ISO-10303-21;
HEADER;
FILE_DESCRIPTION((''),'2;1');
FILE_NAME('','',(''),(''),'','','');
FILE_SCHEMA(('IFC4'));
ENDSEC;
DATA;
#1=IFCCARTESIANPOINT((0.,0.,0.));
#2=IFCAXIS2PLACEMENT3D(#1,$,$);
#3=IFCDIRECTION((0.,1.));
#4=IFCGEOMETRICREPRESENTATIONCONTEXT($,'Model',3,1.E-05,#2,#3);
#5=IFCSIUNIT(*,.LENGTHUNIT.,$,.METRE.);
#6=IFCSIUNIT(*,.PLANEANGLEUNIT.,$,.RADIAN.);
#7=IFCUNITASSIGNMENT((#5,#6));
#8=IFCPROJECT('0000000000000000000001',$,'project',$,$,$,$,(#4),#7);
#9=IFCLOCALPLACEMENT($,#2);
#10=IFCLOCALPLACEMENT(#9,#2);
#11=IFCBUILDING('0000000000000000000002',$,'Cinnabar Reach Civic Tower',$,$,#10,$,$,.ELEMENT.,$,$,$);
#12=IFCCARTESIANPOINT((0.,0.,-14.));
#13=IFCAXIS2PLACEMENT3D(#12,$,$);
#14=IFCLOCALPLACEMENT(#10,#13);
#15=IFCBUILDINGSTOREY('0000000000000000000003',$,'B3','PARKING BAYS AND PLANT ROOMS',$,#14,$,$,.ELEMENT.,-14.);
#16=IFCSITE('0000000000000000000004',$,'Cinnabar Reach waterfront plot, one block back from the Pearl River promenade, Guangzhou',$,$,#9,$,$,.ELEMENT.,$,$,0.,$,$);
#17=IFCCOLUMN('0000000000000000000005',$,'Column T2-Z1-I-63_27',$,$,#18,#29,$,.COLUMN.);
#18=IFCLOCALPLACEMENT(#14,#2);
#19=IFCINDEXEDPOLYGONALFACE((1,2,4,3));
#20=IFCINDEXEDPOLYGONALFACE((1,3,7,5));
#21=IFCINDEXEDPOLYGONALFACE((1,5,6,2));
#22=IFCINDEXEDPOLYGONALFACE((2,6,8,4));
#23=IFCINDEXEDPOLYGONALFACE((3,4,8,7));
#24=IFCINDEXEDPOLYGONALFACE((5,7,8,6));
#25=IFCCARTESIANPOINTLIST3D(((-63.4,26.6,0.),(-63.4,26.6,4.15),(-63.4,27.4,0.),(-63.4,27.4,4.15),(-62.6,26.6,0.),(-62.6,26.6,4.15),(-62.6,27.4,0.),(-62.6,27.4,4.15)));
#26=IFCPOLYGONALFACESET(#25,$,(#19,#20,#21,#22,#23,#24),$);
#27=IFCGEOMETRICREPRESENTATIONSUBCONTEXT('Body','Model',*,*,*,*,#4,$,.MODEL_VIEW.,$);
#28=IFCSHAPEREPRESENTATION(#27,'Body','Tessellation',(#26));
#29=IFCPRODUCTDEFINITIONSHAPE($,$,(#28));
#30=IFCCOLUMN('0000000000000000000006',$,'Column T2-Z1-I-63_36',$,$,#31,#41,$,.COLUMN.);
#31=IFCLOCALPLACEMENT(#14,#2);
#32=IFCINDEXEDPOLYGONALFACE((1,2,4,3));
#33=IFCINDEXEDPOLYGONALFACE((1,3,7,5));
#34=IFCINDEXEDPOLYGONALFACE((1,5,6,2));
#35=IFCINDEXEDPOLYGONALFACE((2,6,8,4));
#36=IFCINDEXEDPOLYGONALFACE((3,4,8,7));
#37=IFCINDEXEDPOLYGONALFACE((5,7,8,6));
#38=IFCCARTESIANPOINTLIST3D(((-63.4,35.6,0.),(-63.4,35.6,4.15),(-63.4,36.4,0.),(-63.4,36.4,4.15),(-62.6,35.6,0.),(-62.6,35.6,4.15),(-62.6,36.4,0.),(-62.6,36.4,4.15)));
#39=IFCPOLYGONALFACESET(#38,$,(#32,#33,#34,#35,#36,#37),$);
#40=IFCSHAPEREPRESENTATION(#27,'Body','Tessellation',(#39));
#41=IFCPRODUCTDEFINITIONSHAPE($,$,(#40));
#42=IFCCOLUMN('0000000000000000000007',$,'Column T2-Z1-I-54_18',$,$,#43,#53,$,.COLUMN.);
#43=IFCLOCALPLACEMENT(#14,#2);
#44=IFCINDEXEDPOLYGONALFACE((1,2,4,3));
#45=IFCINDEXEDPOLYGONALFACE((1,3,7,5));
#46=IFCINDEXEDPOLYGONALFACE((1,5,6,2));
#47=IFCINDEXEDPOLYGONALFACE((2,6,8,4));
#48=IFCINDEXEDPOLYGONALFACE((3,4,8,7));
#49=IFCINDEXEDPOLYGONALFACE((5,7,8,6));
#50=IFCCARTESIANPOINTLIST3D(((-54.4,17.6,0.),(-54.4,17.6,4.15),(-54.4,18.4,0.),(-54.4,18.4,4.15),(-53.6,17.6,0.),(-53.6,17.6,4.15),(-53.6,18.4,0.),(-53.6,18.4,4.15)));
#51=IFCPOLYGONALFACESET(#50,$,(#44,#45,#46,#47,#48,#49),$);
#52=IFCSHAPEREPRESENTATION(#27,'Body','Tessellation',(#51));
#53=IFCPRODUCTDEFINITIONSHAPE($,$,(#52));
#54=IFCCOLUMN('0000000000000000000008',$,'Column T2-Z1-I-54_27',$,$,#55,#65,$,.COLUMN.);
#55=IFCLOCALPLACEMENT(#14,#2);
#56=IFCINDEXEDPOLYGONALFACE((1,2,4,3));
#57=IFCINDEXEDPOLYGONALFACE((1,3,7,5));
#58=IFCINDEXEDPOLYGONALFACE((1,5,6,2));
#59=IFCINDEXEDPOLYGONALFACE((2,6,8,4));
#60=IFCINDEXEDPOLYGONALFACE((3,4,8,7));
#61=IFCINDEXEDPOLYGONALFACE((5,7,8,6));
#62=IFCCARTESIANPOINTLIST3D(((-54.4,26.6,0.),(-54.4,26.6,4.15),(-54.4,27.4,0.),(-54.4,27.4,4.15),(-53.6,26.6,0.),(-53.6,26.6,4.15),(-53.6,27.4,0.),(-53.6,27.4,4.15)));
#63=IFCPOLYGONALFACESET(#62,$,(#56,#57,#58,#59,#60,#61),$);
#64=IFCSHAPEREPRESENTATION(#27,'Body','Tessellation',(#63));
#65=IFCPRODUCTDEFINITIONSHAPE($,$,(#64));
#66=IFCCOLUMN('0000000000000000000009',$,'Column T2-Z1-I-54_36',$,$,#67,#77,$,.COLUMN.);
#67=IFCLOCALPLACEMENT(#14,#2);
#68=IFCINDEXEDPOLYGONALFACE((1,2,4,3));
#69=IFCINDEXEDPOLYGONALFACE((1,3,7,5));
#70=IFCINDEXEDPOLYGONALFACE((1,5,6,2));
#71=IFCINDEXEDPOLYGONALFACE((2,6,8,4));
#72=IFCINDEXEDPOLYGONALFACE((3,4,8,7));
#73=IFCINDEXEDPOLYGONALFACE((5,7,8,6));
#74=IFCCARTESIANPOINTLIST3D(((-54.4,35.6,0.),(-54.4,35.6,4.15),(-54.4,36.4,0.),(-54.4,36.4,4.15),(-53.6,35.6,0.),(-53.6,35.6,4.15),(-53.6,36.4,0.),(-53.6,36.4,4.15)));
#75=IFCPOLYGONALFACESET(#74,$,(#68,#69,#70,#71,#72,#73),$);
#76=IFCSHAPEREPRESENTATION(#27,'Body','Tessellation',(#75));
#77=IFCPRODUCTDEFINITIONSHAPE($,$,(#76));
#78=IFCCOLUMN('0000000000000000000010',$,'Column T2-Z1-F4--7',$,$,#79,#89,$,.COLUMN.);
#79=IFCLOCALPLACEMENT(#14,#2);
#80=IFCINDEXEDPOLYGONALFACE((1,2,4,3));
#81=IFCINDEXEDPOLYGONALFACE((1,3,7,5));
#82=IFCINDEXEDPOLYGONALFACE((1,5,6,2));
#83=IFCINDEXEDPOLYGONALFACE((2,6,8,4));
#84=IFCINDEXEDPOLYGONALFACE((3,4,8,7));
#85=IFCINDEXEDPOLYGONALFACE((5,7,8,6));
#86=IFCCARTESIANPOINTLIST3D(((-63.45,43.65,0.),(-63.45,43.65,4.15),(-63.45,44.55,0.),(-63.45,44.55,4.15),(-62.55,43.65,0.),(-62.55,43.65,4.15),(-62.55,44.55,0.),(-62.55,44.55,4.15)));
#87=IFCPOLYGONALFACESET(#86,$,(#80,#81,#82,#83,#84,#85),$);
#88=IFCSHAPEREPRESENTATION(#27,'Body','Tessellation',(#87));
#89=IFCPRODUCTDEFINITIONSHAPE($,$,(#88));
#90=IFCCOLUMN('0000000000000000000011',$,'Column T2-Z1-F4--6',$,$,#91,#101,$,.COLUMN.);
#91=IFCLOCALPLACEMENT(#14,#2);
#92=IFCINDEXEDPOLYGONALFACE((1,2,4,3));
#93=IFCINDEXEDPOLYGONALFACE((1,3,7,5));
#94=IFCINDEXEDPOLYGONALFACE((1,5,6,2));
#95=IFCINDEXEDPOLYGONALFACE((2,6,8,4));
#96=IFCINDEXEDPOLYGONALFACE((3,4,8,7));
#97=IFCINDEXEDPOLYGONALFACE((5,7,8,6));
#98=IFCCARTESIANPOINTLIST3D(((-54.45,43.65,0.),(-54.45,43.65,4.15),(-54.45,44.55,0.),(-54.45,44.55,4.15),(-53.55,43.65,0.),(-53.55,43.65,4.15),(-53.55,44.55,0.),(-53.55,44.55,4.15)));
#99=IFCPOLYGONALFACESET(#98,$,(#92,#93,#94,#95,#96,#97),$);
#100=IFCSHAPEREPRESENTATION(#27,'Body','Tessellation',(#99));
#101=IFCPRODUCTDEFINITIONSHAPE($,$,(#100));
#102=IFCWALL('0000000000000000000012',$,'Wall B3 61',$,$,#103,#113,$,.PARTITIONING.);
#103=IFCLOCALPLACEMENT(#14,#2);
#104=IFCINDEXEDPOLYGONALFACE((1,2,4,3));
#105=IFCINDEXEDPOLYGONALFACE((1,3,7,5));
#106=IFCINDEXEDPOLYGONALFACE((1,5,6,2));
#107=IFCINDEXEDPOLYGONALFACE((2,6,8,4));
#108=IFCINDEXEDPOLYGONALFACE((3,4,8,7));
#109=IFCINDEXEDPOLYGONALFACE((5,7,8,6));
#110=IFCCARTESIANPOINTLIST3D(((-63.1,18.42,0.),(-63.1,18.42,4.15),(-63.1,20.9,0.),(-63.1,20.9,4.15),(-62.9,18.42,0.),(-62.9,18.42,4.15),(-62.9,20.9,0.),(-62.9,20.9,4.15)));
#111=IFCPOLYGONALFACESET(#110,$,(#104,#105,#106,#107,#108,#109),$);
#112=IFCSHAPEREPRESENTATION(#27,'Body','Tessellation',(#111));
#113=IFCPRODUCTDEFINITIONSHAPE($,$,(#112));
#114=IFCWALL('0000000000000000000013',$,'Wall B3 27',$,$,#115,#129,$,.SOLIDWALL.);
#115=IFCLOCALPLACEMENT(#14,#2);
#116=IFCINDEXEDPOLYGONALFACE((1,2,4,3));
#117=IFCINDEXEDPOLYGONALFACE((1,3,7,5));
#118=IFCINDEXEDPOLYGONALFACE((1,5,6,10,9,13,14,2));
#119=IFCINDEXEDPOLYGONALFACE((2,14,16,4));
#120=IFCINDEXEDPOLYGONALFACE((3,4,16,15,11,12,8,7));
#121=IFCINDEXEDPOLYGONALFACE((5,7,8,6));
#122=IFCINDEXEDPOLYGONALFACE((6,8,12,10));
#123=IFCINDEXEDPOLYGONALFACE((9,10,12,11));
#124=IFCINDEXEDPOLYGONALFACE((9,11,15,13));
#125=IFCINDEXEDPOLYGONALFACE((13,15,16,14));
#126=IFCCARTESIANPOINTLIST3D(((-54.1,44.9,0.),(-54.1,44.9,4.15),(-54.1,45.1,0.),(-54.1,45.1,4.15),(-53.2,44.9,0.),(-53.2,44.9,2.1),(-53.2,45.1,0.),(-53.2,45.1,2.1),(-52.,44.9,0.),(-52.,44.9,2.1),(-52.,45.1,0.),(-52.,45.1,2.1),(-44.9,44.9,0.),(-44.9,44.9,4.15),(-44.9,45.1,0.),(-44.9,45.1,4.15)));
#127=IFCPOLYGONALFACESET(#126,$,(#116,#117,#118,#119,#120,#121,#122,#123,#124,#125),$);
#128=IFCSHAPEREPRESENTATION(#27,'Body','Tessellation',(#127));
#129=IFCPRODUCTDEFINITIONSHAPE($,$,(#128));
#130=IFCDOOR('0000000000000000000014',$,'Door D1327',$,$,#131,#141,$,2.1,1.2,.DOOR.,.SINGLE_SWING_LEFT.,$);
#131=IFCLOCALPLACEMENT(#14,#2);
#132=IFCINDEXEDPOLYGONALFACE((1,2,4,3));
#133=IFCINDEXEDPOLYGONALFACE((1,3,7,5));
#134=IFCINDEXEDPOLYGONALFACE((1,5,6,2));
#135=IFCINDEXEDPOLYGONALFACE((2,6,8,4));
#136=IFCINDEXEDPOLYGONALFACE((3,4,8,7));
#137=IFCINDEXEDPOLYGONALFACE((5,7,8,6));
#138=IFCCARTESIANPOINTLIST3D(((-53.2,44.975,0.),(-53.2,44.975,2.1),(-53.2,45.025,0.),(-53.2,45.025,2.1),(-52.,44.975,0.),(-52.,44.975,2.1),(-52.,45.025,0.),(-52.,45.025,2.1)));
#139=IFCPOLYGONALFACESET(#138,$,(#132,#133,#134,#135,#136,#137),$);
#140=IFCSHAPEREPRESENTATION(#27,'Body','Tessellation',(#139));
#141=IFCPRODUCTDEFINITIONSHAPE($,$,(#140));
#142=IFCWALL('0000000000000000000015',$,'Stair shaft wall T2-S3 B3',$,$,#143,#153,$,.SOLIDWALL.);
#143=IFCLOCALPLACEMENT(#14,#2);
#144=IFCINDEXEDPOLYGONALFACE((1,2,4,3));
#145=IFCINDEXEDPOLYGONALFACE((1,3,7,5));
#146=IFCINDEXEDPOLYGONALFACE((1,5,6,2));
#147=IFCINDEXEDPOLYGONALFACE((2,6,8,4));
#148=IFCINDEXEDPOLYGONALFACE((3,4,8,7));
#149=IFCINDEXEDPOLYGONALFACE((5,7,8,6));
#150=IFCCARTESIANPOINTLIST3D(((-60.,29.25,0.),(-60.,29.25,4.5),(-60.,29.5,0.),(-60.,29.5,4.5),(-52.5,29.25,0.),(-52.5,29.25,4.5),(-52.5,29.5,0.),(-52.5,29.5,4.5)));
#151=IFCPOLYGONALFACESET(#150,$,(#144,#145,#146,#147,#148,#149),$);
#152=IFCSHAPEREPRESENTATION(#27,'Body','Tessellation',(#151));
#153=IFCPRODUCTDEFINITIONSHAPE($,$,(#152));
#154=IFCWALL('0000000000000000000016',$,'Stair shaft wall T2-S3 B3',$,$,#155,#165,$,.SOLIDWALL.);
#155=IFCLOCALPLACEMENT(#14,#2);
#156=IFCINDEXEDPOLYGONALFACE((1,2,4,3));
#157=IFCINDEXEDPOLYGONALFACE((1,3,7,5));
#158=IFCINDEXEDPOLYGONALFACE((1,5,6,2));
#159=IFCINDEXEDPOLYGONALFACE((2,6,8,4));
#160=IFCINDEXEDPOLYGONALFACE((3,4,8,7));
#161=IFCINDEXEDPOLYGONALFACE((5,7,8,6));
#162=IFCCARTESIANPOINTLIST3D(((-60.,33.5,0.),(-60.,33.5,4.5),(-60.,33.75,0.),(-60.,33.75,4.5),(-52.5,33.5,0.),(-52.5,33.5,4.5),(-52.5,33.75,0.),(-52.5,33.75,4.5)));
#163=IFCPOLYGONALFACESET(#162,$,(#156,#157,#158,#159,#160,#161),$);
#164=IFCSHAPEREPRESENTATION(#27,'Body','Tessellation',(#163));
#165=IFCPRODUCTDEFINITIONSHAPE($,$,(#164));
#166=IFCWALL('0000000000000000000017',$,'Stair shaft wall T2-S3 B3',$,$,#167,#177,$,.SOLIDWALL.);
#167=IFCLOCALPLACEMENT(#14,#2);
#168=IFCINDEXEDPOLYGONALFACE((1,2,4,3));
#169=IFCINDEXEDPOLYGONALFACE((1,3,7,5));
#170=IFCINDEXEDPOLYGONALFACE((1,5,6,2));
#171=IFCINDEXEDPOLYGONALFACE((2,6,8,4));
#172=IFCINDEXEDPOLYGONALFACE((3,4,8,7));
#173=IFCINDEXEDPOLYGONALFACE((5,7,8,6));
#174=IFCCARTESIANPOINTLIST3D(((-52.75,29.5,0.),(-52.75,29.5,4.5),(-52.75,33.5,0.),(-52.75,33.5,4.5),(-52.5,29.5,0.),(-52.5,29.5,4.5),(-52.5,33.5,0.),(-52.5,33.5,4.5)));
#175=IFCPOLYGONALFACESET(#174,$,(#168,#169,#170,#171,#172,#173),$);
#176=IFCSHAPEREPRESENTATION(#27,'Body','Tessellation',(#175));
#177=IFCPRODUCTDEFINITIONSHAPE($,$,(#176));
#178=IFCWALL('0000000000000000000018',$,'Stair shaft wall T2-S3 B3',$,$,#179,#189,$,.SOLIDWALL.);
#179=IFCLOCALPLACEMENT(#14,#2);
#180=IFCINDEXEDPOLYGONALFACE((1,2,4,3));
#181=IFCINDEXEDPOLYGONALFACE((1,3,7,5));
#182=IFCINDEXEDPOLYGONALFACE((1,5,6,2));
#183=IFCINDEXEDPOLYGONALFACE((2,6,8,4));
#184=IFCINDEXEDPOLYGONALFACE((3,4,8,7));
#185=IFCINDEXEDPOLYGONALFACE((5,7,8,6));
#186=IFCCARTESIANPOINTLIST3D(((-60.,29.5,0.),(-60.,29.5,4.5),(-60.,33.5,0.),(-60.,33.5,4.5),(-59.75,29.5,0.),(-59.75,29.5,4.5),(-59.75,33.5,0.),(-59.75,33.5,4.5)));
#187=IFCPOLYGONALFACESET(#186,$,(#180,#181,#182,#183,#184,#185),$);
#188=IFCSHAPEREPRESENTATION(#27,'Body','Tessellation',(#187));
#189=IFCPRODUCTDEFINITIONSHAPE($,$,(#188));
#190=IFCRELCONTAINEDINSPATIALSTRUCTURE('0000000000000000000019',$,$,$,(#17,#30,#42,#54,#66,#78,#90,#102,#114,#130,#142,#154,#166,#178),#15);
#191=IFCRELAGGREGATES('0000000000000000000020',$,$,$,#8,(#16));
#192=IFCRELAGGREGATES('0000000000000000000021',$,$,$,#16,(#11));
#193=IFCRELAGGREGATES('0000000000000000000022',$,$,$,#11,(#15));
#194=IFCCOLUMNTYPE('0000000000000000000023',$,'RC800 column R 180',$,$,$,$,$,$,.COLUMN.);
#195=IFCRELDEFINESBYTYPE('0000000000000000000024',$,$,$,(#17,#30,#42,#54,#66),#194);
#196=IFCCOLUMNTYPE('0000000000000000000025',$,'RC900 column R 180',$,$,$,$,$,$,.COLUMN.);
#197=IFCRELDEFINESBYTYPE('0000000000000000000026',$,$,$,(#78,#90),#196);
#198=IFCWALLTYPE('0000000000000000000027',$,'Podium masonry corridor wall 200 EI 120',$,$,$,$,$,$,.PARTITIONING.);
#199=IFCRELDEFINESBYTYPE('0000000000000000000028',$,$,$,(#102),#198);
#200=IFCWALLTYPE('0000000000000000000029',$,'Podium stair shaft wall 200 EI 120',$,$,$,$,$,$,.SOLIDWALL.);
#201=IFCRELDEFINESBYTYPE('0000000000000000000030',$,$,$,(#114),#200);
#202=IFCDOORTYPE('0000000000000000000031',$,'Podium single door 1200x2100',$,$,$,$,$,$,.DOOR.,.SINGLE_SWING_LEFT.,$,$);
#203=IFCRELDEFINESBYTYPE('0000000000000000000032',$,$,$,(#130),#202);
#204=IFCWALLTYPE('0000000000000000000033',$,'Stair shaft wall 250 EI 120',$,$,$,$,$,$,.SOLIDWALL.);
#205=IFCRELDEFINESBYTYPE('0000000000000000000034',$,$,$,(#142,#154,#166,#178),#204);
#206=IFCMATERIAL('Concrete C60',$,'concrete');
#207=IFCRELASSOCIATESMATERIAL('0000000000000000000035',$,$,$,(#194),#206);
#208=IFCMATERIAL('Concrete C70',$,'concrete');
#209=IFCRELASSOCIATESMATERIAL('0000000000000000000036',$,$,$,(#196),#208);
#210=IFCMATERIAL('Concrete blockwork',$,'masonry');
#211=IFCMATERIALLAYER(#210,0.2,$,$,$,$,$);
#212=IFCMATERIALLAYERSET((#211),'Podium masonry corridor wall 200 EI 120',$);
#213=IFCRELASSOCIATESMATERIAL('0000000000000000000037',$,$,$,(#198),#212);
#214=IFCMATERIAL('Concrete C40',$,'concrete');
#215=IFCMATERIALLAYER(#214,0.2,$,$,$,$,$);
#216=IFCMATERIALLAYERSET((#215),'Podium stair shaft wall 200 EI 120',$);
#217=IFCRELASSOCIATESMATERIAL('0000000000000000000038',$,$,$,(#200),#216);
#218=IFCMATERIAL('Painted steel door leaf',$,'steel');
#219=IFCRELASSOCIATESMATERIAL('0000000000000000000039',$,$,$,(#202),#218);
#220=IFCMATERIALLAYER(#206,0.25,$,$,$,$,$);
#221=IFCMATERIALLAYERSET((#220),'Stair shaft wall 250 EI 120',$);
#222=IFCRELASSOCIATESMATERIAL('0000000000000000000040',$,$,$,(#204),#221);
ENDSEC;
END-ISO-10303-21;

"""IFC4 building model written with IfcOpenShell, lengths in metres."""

from ifc_helpers import new_model, si_unit, direction, frame, frame_2d, origin, origin_2d, place, context, subcontext, project, spatial, rectangle, extrude, material, layer, layer_set, material_profile, profile_set, type_object, element, fill, save


model = new_model("IFC4")

# Units and contexts
model_context = context("Model", 3, precision=1e-05, world=origin(), true_north=direction((0.0, 1.0)))
body_context = subcontext(model_context, "Body", "Model", "MODEL_VIEW")
ifc_project = project(units=[si_unit("LENGTHUNIT", "METRE"), si_unit("PLANEANGLEUNIT", "RADIAN")], contexts=[model_context])

# Site, building, storey
site_placement = place(None, origin())
site = spatial("IfcSite", under=ifc_project, at=site_placement, Name="Cinnabar Reach waterfront plot, one block back from the Pearl River promenade, Guangzhou", CompositionType="ELEMENT", RefElevation=0.0)
building_placement = place(site_placement, origin())
building = spatial("IfcBuilding", under=site, at=building_placement, Name="Cinnabar Reach Civic Tower", CompositionType="ELEMENT")
storey_placement = place(building_placement, frame((0.0, 0.0, -14.0)))
storey = spatial("IfcBuildingStorey", under=building, at=storey_placement, Name="B3", Description="PARKING BAYS AND PLANT ROOMS", CompositionType="ELEMENT", Elevation=-14.0)

# Shared definitions
ifc_material_1 = material(Name="Concrete C40", Category="concrete")

# Columns
ifc_material_2 = material(Name="Concrete C60", Category="concrete")
ifc_material_profile_1 = material_profile(ifc_material_2, rectangle(XDim=0.8, YDim=0.8, at=origin_2d()), Name="RC800")
ifc_profile_set_1 = profile_set([ifc_material_profile_1], Name="Concrete C60")
column_type_1 = type_object("IfcColumnType", Name="RC800 column R 180", PredefinedType="COLUMN", material=ifc_profile_set_1)
for number, where, z_axis, x_axis, name in (
    (1, (-63.0, 27.0, 0.0), (0.0, 0.0, 1.0), (1.0, 0.0, 0.0), "Column T2-Z1-I-63_27"),
    (2, (-63.0, 36.0, 0.0), (0.0, 0.0, 1.0), (1.0, 0.0, 0.0), "Column T2-Z1-I-63_36"),
    (3, (-54.0, 18.0, 0.0), (0.0, 0.0, 1.0), (1.0, 0.0, 0.0), "Column T2-Z1-I-54_18"),
    (4, (-54.0, 27.0, 0.0), (0.0, 0.0, 1.0), (1.0, 0.0, 0.0), "Column T2-Z1-I-54_27"),
    (5, (-54.0, 36.0, 0.0), (0.0, 0.0, 1.0), (1.0, 0.0, 0.0), "Column T2-Z1-I-54_36"),
):
    element("IfcColumn", number, at=place(storey_placement, frame(where, z_axis=z_axis, x_axis=x_axis)), inside=storey, type_object=column_type_1, Name=name, PredefinedType="COLUMN", context=body_context, shape_type="SweptSolid", body=[
        extrude(rectangle(XDim=0.8, YDim=0.8, at=origin_2d()), origin(), (0.0, 0.0, 1.0), 4.15),
    ])
ifc_material_3 = material(Name="Concrete C70", Category="concrete")
ifc_material_profile_2 = material_profile(ifc_material_3, rectangle(XDim=0.9, YDim=0.9, at=origin_2d()), Name="RC900")
ifc_profile_set_2 = profile_set([ifc_material_profile_2], Name="Concrete C70")
column_type_2 = type_object("IfcColumnType", Name="RC900 column R 180", PredefinedType="COLUMN", material=ifc_profile_set_2)
for number, where, z_axis, x_axis, name in (
    (6, (-63.0, 44.1, 0.0), (0.0, 0.0, 1.0), (1.0, 0.0, 0.0), "Column T2-Z1-F4--7"),
    (7, (-54.0, 44.1, 0.0), (0.0, 0.0, 1.0), (1.0, 0.0, 0.0), "Column T2-Z1-F4--6"),
):
    element("IfcColumn", number, at=place(storey_placement, frame(where, z_axis=z_axis, x_axis=x_axis)), inside=storey, type_object=column_type_2, Name=name, PredefinedType="COLUMN", context=body_context, shape_type="SweptSolid", body=[
        extrude(rectangle(XDim=0.9, YDim=0.9, at=origin_2d()), origin(), (0.0, 0.0, 1.0), 4.15),
    ])

# Wall
ifc_material_4 = material(Name="Concrete blockwork", Category="masonry")
ifc_layer_1 = layer(ifc_material_4, 0.2)
ifc_layer_set_1 = layer_set([ifc_layer_1], Name="Podium masonry corridor wall 200 EI 120")
wall_type_1 = type_object("IfcWallType", Name="Podium masonry corridor wall 200 EI 120", PredefinedType="PARTITIONING", material=ifc_layer_set_1)
wall_1_placement = place(storey_placement, frame((-63.0, 18.42, 0.0), z_axis=(0.0, 0.0, 1.0), x_axis=(0.0, 1.0, 0.0)))
element("IfcWall", 8, at=wall_1_placement, inside=storey, type_object=wall_type_1, Name="Wall B3 61", PredefinedType="PARTITIONING", context=body_context, shape_type="SweptSolid", body=[
    extrude(rectangle(XDim=2.48, YDim=0.2, at=frame_2d((1.24, 0.0))), origin(), (0.0, 0.0, 1.0), 4.15),
])

# Wall, opening, door
ifc_layer_2 = layer(ifc_material_1, 0.2)
ifc_layer_set_2 = layer_set([ifc_layer_2], Name="Podium stair shaft wall 200 EI 120")
wall_type_2 = type_object("IfcWallType", Name="Podium stair shaft wall 200 EI 120", PredefinedType="SOLIDWALL", material=ifc_layer_set_2)
wall_2_placement = place(storey_placement, frame((-54.1, 45.0, 0.0), z_axis=(0.0, 0.0, 1.0), x_axis=(1.0, 0.0, 0.0)))
wall_2 = element("IfcWall", 9, at=wall_2_placement, inside=storey, type_object=wall_type_2, Name="Wall B3 27", PredefinedType="SOLIDWALL", context=body_context, shape_type="SweptSolid", body=[
    extrude(rectangle(XDim=9.2, YDim=0.2, at=frame_2d((4.6, 0.0))), origin(), (0.0, 0.0, 1.0), 4.15),
])
opening_placement = place(wall_2_placement, frame((0.9, 0.0, 0.0)))
opening = element("IfcOpeningElement", 10, at=opening_placement, cuts=wall_2, PredefinedType="OPENING", context=body_context, shape_type="SweptSolid", body=[
    extrude(rectangle(XDim=1.2, YDim=2.1, at=frame_2d((0.6, 1.05))), frame((0.0, 0.11, 0.0), z_axis=(0.0, -1.0, 0.0), x_axis=(1.0, 0.0, 0.0)), (0.0, 0.0, 1.0), 0.22),
])
ifc_material_5 = material(Name="Painted steel door leaf", Category="steel")
door_type = type_object("IfcDoorType", Name="Podium single door 1200x2100", OperationType="SINGLE_SWING_LEFT", PredefinedType="DOOR", material=ifc_material_5)
door_placement = place(opening_placement, origin())
door = element("IfcDoor", 11, at=door_placement, inside=storey, type_object=door_type, Name="Door D1327", OperationType="SINGLE_SWING_LEFT", OverallHeight=2.1, OverallWidth=1.2, PredefinedType="DOOR", context=body_context, shape_type="SweptSolid", body=[
    extrude(rectangle(XDim=1.2, YDim=2.1, at=frame_2d((0.6, 1.05))), frame((0.0, 0.025, 0.0), z_axis=(0.0, -1.0, 0.0), x_axis=(1.0, 0.0, 0.0)), (0.0, 0.0, 1.0), 0.05),
])
fill(opening, door)

# Walls
ifc_layer_3 = layer(ifc_material_2, 0.25)
ifc_layer_set_3 = layer_set([ifc_layer_3], Name="Stair shaft wall 250 EI 120")
wall_type_3 = type_object("IfcWallType", Name="Stair shaft wall 250 EI 120", PredefinedType="SOLIDWALL", material=ifc_layer_set_3)
for number, where, z_axis, x_axis, name in (
    (12, (-60.0, 29.375, 0.0), (0.0, 0.0, 1.0), (1.0, 0.0, 0.0), "Stair shaft wall T2-S3 B3"),
    (13, (-52.5, 33.625, 0.0), (0.0, 0.0, 1.0), (-1.0, 0.0, 0.0), "Stair shaft wall T2-S3 B3"),
):
    element("IfcWall", number, at=place(storey_placement, frame(where, z_axis=z_axis, x_axis=x_axis)), inside=storey, type_object=wall_type_3, Name=name, PredefinedType="SOLIDWALL", context=body_context, shape_type="SweptSolid", body=[
        extrude(rectangle(XDim=7.5, YDim=0.25, at=frame_2d((3.75, 0.0))), origin(), (0.0, 0.0, 1.0), 4.5),
    ])
for number, where, z_axis, x_axis, name in (
    (14, (-52.625, 29.5, 0.0), (0.0, 0.0, 1.0), (0.0, 1.0, 0.0), "Stair shaft wall T2-S3 B3"),
    (15, (-59.875, 33.5, 0.0), (0.0, 0.0, 1.0), (0.0, -1.0, 0.0), "Stair shaft wall T2-S3 B3"),
):
    element("IfcWall", number, at=place(storey_placement, frame(where, z_axis=z_axis, x_axis=x_axis)), inside=storey, type_object=wall_type_3, Name=name, PredefinedType="SOLIDWALL", context=body_context, shape_type="SweptSolid", body=[
        extrude(rectangle(XDim=4.0, YDim=0.25, at=frame_2d((2.0, 0.0))), origin(), (0.0, 0.0, 1.0), 4.5),
    ])

save(model, "model.ifc")
